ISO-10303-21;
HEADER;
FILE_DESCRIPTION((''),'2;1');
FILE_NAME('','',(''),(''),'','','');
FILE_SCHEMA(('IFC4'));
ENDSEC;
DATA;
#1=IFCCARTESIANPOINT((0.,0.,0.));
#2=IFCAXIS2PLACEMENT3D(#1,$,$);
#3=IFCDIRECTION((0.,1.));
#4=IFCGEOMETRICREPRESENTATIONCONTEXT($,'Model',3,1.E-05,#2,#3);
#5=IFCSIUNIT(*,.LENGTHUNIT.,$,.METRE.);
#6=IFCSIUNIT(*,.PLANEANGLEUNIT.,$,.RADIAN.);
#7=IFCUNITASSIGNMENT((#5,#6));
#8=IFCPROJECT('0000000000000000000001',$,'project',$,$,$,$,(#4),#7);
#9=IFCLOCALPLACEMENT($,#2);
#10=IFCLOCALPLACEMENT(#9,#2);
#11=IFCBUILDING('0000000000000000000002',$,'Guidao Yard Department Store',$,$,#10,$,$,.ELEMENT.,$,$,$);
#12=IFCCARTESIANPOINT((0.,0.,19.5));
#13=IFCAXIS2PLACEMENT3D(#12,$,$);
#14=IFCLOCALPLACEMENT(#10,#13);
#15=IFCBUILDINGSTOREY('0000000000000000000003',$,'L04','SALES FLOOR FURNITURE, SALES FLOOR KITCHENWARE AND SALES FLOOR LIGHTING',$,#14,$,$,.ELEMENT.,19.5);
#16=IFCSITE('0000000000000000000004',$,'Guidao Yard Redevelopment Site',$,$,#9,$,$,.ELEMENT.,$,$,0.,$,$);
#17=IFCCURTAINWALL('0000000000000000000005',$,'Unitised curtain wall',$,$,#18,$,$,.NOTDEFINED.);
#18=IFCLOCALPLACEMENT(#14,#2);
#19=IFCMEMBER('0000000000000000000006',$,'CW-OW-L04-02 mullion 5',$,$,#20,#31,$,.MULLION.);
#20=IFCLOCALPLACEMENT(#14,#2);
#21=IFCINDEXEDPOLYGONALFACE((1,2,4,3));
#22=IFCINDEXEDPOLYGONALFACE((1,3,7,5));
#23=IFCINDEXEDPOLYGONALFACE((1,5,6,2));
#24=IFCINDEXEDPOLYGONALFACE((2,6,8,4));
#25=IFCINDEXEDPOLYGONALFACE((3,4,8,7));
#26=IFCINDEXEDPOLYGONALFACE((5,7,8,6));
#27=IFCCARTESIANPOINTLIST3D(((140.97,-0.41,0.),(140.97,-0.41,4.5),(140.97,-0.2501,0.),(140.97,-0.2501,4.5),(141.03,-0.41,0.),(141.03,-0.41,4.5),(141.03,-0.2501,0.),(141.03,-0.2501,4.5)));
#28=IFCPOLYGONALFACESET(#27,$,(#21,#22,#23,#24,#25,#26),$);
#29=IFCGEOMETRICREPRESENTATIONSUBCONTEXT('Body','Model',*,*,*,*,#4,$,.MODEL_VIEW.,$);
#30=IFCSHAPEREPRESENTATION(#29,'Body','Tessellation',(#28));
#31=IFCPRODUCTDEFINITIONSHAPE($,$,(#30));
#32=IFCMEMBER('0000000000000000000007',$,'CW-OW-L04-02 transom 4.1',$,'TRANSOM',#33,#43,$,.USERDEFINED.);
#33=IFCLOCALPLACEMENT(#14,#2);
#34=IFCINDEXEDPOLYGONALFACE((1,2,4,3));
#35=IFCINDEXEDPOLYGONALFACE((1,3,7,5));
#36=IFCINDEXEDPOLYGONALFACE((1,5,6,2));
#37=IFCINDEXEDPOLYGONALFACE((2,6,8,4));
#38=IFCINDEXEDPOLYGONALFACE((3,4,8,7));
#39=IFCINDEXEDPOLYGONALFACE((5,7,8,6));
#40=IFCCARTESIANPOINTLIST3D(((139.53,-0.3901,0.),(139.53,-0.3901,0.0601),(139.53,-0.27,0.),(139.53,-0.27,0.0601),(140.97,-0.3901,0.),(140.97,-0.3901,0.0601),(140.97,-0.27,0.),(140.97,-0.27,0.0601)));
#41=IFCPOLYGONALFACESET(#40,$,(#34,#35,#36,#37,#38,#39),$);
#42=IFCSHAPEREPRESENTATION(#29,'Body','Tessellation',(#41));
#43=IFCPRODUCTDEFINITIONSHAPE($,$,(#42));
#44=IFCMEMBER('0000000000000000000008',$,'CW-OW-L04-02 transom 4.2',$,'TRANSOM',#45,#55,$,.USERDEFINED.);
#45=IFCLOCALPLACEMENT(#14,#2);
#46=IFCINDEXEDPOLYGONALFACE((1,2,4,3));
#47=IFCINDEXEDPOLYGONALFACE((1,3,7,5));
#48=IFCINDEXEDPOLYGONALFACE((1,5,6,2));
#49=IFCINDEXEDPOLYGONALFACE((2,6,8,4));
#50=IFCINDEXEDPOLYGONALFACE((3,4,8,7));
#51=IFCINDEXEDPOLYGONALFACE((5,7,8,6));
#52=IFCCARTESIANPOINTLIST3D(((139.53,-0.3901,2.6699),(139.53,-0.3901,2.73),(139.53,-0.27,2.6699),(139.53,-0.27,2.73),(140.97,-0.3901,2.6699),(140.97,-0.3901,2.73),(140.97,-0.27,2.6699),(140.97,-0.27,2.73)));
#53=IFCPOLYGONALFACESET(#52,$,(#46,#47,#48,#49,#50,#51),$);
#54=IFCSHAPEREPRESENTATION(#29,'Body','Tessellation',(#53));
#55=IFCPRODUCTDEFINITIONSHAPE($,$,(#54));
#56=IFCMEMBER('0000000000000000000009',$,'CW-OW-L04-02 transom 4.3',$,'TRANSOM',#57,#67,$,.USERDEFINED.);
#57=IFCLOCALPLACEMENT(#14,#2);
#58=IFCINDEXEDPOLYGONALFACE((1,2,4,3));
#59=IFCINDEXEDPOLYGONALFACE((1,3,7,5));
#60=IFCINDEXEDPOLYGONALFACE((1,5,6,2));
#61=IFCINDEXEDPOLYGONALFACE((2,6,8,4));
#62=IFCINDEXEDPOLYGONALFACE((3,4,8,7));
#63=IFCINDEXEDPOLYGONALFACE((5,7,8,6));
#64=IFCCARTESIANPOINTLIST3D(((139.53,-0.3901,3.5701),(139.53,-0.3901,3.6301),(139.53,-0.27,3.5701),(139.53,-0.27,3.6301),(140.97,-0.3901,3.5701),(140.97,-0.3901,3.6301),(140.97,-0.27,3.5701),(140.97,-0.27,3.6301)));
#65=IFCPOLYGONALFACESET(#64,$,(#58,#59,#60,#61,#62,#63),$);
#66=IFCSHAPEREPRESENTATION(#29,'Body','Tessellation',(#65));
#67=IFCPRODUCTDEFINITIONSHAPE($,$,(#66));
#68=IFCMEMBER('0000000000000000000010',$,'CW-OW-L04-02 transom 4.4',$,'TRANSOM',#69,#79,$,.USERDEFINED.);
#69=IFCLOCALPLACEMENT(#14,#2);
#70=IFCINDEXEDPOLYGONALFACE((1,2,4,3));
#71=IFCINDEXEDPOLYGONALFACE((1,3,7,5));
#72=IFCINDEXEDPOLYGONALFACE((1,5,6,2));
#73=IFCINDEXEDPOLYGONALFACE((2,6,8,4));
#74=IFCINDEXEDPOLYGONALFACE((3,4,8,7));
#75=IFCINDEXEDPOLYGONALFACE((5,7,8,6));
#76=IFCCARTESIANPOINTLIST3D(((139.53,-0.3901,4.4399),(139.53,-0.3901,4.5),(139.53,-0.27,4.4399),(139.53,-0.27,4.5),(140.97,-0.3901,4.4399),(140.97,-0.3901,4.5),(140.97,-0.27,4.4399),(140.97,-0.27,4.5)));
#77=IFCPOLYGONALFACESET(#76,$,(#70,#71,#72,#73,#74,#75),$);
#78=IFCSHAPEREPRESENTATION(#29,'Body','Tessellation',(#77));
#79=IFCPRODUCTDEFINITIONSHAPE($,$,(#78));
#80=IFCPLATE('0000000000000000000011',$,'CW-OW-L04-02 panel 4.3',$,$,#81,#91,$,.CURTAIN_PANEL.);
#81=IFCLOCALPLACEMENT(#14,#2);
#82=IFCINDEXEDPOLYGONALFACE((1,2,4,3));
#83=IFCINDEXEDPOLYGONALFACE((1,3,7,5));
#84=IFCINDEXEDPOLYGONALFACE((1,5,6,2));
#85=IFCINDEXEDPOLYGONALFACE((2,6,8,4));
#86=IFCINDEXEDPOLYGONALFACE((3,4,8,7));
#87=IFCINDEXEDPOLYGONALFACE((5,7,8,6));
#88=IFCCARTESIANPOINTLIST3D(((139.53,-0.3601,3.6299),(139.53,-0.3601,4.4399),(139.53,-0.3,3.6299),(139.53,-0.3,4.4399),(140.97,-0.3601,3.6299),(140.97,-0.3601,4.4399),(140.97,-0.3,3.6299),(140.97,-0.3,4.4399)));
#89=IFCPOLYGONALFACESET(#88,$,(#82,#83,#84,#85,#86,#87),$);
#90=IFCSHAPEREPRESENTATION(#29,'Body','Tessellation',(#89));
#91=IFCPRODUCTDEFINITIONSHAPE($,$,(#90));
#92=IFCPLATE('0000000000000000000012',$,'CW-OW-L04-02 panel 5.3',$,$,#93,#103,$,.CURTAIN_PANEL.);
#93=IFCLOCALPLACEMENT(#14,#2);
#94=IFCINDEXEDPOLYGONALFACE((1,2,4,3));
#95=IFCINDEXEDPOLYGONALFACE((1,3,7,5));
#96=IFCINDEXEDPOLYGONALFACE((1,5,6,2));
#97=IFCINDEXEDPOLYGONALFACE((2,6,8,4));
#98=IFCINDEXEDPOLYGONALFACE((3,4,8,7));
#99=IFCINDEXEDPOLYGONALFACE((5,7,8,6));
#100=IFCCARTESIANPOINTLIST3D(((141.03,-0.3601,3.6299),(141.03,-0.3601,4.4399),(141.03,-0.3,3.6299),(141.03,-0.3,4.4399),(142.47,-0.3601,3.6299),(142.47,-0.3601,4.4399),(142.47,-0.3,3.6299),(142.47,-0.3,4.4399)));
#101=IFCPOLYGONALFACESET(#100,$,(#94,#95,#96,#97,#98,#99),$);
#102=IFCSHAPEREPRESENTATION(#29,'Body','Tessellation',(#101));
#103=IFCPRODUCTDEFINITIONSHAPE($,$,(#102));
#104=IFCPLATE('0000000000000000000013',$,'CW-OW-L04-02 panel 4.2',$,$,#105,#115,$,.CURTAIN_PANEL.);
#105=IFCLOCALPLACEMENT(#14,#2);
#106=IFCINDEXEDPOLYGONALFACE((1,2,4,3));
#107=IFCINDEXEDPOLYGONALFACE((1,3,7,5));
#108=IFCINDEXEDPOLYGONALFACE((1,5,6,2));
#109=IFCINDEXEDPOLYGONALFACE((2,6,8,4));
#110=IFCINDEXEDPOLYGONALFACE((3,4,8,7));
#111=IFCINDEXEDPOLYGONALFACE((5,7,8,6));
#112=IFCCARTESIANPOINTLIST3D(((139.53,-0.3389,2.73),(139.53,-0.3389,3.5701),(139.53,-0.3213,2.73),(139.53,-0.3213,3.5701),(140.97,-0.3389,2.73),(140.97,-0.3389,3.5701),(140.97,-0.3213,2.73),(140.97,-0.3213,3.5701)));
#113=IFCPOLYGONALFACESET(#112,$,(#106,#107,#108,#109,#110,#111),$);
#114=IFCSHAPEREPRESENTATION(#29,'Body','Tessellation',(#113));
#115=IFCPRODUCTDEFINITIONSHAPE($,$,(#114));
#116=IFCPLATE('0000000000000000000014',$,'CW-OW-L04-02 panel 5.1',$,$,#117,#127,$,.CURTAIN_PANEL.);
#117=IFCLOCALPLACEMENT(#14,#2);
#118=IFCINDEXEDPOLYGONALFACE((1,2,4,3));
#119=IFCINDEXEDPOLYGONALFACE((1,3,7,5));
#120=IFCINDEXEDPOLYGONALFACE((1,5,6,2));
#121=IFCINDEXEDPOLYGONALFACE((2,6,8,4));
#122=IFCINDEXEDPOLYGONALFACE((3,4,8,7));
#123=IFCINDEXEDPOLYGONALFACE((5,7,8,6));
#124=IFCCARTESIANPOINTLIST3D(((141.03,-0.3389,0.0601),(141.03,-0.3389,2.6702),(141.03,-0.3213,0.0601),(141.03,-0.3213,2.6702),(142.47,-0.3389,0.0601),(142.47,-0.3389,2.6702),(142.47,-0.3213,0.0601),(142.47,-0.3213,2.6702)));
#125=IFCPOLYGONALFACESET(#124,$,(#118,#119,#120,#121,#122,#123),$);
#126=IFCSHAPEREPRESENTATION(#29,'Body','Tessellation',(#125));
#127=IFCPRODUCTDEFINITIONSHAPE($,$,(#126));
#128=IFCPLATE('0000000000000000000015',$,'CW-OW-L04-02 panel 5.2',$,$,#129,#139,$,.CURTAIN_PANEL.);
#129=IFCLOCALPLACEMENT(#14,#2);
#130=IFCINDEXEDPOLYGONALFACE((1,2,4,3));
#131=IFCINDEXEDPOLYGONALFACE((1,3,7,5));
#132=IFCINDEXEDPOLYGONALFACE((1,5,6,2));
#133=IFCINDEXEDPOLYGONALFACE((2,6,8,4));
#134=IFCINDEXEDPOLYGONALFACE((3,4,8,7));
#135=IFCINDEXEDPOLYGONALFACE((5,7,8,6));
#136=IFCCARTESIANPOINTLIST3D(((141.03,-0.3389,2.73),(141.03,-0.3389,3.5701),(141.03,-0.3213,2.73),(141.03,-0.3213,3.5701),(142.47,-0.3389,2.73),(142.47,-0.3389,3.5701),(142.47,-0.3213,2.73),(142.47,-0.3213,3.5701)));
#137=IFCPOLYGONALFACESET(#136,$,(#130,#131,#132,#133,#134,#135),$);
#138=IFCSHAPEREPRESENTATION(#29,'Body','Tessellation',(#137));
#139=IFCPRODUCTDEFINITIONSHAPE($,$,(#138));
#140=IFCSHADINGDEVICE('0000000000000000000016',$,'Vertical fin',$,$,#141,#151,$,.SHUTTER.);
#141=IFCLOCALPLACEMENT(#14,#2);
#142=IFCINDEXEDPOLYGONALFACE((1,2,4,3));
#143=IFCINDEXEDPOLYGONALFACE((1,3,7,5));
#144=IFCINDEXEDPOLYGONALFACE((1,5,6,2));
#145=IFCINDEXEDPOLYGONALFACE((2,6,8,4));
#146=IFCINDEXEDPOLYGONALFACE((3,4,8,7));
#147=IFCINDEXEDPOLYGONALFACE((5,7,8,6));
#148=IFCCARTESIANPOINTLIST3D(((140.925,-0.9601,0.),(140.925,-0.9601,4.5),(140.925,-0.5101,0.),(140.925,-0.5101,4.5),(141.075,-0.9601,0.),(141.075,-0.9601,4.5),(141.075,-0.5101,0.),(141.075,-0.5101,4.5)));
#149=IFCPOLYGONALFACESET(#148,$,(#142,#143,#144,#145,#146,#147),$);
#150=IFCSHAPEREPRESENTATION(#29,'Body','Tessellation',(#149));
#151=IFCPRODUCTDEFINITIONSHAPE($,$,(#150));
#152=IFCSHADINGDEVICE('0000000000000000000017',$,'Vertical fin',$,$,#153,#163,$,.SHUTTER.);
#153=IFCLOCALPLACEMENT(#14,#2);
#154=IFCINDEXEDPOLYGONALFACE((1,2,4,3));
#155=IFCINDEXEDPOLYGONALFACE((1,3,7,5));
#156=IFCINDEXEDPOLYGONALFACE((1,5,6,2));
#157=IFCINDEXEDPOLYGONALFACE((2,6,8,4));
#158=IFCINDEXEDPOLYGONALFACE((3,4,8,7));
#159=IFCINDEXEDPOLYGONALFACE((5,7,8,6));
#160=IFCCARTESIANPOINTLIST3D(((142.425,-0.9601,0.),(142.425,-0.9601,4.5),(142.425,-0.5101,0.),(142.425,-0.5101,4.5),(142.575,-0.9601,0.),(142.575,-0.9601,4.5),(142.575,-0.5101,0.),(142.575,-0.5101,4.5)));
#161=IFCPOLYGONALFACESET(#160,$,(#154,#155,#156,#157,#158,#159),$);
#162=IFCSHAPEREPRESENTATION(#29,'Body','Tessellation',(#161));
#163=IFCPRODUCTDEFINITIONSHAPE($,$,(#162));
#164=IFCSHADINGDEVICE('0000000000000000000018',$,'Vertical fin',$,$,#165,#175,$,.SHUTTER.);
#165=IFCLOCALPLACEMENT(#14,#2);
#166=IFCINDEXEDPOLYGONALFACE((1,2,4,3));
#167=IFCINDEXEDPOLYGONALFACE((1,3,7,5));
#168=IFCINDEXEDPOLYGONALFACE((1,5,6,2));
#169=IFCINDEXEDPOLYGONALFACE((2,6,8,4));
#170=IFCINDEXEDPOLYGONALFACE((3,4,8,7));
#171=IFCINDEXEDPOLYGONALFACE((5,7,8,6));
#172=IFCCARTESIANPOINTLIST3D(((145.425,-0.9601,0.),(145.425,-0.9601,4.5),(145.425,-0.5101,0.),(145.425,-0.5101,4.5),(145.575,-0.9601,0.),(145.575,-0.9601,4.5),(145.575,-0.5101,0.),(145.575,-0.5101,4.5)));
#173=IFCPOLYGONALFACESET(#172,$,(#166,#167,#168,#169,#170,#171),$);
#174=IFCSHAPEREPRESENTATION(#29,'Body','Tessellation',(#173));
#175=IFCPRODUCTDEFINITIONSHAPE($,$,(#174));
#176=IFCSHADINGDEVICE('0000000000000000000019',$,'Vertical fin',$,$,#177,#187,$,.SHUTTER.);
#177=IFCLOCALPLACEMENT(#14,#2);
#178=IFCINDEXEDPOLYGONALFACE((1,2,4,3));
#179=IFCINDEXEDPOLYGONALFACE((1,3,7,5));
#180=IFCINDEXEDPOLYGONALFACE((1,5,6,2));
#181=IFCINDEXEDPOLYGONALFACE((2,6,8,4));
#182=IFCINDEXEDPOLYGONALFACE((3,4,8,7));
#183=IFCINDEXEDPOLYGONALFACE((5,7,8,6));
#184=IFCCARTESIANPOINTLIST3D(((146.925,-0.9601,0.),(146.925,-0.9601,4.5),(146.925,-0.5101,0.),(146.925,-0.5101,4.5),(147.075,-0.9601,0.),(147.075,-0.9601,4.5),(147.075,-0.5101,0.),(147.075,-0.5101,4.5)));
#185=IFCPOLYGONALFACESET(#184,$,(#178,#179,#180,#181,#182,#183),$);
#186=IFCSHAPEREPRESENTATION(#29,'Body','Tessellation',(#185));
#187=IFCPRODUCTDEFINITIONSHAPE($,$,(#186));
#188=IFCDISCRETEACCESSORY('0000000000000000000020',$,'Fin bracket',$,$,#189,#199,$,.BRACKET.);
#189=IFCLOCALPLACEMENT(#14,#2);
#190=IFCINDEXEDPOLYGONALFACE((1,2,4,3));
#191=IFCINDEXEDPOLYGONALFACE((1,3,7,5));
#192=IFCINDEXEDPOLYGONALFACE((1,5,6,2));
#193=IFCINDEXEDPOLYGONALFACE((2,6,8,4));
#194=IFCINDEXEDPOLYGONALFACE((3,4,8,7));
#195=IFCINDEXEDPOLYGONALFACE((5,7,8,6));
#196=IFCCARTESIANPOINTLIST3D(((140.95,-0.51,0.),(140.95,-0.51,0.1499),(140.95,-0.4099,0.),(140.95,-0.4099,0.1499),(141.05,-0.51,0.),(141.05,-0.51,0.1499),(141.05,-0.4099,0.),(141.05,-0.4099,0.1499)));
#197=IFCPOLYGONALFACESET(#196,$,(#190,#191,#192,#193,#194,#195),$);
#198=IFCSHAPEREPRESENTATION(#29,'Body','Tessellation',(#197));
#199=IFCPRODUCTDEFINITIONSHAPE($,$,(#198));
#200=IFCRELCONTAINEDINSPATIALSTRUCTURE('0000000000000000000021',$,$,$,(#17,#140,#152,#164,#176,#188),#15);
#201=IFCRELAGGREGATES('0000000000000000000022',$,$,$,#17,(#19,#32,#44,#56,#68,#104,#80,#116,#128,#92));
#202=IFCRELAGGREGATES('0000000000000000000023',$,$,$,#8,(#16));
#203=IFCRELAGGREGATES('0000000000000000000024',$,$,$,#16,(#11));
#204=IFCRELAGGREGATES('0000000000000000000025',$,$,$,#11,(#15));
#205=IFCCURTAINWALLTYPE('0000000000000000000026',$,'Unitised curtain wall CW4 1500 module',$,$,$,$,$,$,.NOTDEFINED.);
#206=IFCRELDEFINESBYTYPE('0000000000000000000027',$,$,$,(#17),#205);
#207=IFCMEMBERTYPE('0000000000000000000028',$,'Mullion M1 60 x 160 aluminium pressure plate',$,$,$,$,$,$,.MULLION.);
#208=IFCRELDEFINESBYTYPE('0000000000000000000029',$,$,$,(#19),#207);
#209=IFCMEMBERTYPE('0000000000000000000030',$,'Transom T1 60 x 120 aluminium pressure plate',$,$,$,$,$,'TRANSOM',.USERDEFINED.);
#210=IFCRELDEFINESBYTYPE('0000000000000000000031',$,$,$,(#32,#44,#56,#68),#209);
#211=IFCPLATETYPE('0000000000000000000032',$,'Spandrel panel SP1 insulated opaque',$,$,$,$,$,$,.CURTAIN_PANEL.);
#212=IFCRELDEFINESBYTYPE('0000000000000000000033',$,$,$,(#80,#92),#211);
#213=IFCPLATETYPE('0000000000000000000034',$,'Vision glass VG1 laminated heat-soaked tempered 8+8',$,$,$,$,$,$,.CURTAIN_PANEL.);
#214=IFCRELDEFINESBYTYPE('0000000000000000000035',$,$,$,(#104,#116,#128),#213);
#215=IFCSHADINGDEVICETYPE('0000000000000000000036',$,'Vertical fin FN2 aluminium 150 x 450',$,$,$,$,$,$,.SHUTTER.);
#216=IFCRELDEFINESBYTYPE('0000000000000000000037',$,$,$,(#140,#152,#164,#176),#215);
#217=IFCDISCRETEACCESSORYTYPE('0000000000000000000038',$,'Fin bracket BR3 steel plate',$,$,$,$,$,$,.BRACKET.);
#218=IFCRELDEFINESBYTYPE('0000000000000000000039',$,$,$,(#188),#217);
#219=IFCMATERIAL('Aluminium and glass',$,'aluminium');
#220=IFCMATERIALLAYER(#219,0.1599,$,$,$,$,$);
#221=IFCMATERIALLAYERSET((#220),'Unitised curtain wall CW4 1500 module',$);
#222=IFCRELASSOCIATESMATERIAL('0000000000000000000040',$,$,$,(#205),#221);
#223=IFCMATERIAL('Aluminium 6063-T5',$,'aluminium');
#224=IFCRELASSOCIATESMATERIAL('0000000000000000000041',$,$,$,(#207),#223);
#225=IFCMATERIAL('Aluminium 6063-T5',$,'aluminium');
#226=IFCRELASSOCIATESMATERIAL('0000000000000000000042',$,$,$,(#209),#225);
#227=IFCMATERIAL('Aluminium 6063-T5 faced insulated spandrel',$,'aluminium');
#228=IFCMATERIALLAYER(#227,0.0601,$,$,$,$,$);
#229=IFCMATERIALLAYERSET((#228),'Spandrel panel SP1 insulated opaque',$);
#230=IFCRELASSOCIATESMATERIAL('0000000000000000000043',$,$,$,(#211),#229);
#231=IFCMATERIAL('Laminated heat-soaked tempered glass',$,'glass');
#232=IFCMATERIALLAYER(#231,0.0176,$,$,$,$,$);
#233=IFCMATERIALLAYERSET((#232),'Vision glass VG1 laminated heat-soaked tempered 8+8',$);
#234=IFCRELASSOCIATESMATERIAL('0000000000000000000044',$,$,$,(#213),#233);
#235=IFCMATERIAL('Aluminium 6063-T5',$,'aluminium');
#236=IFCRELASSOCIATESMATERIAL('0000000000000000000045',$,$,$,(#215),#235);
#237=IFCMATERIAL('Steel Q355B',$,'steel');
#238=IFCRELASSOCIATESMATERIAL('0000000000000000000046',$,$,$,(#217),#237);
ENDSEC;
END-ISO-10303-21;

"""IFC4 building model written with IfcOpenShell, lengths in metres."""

from ifc_helpers import new_model, si_unit, direction, frame, origin, origin_2d, place, context, subcontext, project, spatial, rectangle, extrude, material, layer, layer_set, material_profile, profile_set, type_object, element, aggregate, save


model = new_model("IFC4")

# Units and contexts
model_context = context("Model", 3, precision=1e-05, world=origin(), true_north=direction((0.0, 1.0)))
body_context = subcontext(model_context, "Body", "Model", "MODEL_VIEW")
ifc_project = project(units=[si_unit("LENGTHUNIT", "METRE"), si_unit("PLANEANGLEUNIT", "RADIAN")], contexts=[model_context])

# Site, building, storey
site_placement = place(None, origin())
site = spatial("IfcSite", under=ifc_project, at=site_placement, Name="Guidao Yard Redevelopment Site", CompositionType="ELEMENT", RefElevation=0.0)
building_placement = place(site_placement, origin())
building = spatial("IfcBuilding", under=site, at=building_placement, Name="Guidao Yard Department Store", CompositionType="ELEMENT")
storey_placement = place(building_placement, frame((0.0, 0.0, 19.5)))
storey = spatial("IfcBuildingStorey", under=building, at=storey_placement, Name="L04", Description="SALES FLOOR FURNITURE, SALES FLOOR KITCHENWARE AND SALES FLOOR LIGHTING", CompositionType="ELEMENT", Elevation=19.5)

# Curtain wall, members, plates
ifc_material_1 = material(Name="Aluminium and glass", Category="aluminium")
ifc_layer_1 = layer(ifc_material_1, 0.1599)
ifc_layer_set_1 = layer_set([ifc_layer_1], Name="Unitised curtain wall CW4 1500 module")
curtain_wall_type = type_object("IfcCurtainWallType", Name="Unitised curtain wall CW4 1500 module", PredefinedType="NOTDEFINED", material=ifc_layer_set_1)
curtain_wall_placement = place(storey_placement, origin())
curtain_wall = element("IfcCurtainWall", 1, at=curtain_wall_placement, inside=storey, type_object=curtain_wall_type, Name="Unitised curtain wall", PredefinedType="NOTDEFINED")
ifc_material_2 = material(Name="Aluminium 6063-T5", Category="aluminium")
ifc_material_profile_1 = material_profile(ifc_material_2, rectangle(XDim=0.0601, YDim=0.1599, at=origin_2d()), Name="Mullion M1 60 x 160 aluminium pressure plate")
ifc_profile_set_1 = profile_set([ifc_material_profile_1], Name="Aluminium 6063-T5")
member_type_1 = type_object("IfcMemberType", Name="Mullion M1 60 x 160 aluminium pressure plate", PredefinedType="MULLION", material=ifc_profile_set_1)
member_1_placement = place(storey_placement, frame((141.0, -0.3301, 0.0), z_axis=(0.0, 0.0, 1.0), x_axis=(-1.0, 0.0, 0.0)))
member_1 = element("IfcMember", 2, at=member_1_placement, type_object=member_type_1, Name="CW-OW-L04-02 mullion 5", PredefinedType="MULLION", context=body_context, shape_type="SweptSolid", body=[
    extrude(rectangle(XDim=0.0601, YDim=0.1599, at=origin_2d()), origin(), (0.0, 0.0, 1.0), 4.5),
])
ifc_material_3 = material(Name="Aluminium 6063-T5", Category="aluminium")
ifc_material_profile_2 = material_profile(ifc_material_3, rectangle(XDim=0.1201, YDim=0.0601, at=origin_2d()), Name="Transom T1 60 x 120 aluminium pressure plate")
ifc_profile_set_2 = profile_set([ifc_material_profile_2], Name="Aluminium 6063-T5")
member_type_2 = type_object("IfcMemberType", Name="Transom T1 60 x 120 aluminium pressure plate", ElementType="TRANSOM", PredefinedType="USERDEFINED", material=ifc_profile_set_2)
member_2_placement = place(storey_placement, frame((140.97, -0.3301, 0.03), z_axis=(-1.0, 0.0, 0.0), x_axis=(0.0, -1.0, 0.0)))
member_2 = element("IfcMember", 3, at=member_2_placement, type_object=member_type_2, Name="CW-OW-L04-02 transom 4.1", ObjectType="TRANSOM", PredefinedType="USERDEFINED", context=body_context, shape_type="SweptSolid", body=[
    extrude(rectangle(XDim=0.1201, YDim=0.0601, at=origin_2d()), origin(), (0.0, 0.0, 1.0), 1.4399),
])
member_3_placement = place(storey_placement, frame((140.97, -0.3301, 2.7), z_axis=(-1.0, 0.0, 0.0), x_axis=(0.0, -1.0, 0.0)))
member_3 = element("IfcMember", 4, at=member_3_placement, type_object=member_type_2, Name="CW-OW-L04-02 transom 4.2", ObjectType="TRANSOM", PredefinedType="USERDEFINED", context=body_context, shape_type="SweptSolid", body=[
    extrude(rectangle(XDim=0.1201, YDim=0.0601, at=origin_2d()), origin(), (0.0, 0.0, 1.0), 1.4399),
])
member_4_placement = place(storey_placement, frame((140.97, -0.3301, 3.6001), z_axis=(-1.0, 0.0, 0.0), x_axis=(0.0, -1.0, 0.0)))
member_4 = element("IfcMember", 5, at=member_4_placement, type_object=member_type_2, Name="CW-OW-L04-02 transom 4.3", ObjectType="TRANSOM", PredefinedType="USERDEFINED", context=body_context, shape_type="SweptSolid", body=[
    extrude(rectangle(XDim=0.1201, YDim=0.0601, at=origin_2d()), origin(), (0.0, 0.0, 1.0), 1.4399),
])
member_5_placement = place(storey_placement, frame((140.97, -0.3301, 4.47), z_axis=(-1.0, 0.0, 0.0), x_axis=(0.0, -1.0, 0.0)))
member_5 = element("IfcMember", 6, at=member_5_placement, type_object=member_type_2, Name="CW-OW-L04-02 transom 4.4", ObjectType="TRANSOM", PredefinedType="USERDEFINED", context=body_context, shape_type="SweptSolid", body=[
    extrude(rectangle(XDim=0.1201, YDim=0.0601, at=origin_2d()), origin(), (0.0, 0.0, 1.0), 1.4399),
])
ifc_material_4 = material(Name="Aluminium 6063-T5 faced insulated spandrel", Category="aluminium")
ifc_layer_2 = layer(ifc_material_4, 0.0601)
ifc_layer_set_2 = layer_set([ifc_layer_2], Name="Spandrel panel SP1 insulated opaque")
plate_type_1 = type_object("IfcPlateType", Name="Spandrel panel SP1 insulated opaque", PredefinedType="CURTAIN_PANEL", material=ifc_layer_set_2)
plate_1_placement = place(storey_placement, frame((140.25, -0.3301, 3.6299), z_axis=(0.0, 0.0, 1.0), x_axis=(-1.0, 0.0, 0.0)))
plate_1 = element("IfcPlate", 7, at=plate_1_placement, type_object=plate_type_1, Name="CW-OW-L04-02 panel 4.3", PredefinedType="CURTAIN_PANEL", context=body_context, shape_type="SweptSolid", body=[
    extrude(rectangle(XDim=1.4399, YDim=0.0601, at=origin_2d()), origin(), (0.0, 0.0, 1.0), 0.8101),
])
plate_2_placement = place(storey_placement, frame((141.75, -0.3301, 3.6299), z_axis=(0.0, 0.0, 1.0), x_axis=(-1.0, 0.0, 0.0)))
plate_2 = element("IfcPlate", 8, at=plate_2_placement, type_object=plate_type_1, Name="CW-OW-L04-02 panel 5.3", PredefinedType="CURTAIN_PANEL", context=body_context, shape_type="SweptSolid", body=[
    extrude(rectangle(XDim=1.4399, YDim=0.0601, at=origin_2d()), origin(), (0.0, 0.0, 1.0), 0.8101),
])
ifc_material_5 = material(Name="Laminated heat-soaked tempered glass", Category="glass")
ifc_layer_3 = layer(ifc_material_5, 0.0176)
ifc_layer_set_3 = layer_set([ifc_layer_3], Name="Vision glass VG1 laminated heat-soaked tempered 8+8")
plate_type_2 = type_object("IfcPlateType", Name="Vision glass VG1 laminated heat-soaked tempered 8+8", PredefinedType="CURTAIN_PANEL", material=ifc_layer_set_3)
plate_3_placement = place(storey_placement, frame((140.25, -0.3301, 2.73), z_axis=(0.0, 0.0, 1.0), x_axis=(-1.0, 0.0, 0.0)))
plate_3 = element("IfcPlate", 9, at=plate_3_placement, type_object=plate_type_2, Name="CW-OW-L04-02 panel 4.2", PredefinedType="CURTAIN_PANEL", context=body_context, shape_type="SweptSolid", body=[
    extrude(rectangle(XDim=1.4399, YDim=0.0176, at=origin_2d()), origin(), (0.0, 0.0, 1.0), 0.8401),
])
plate_4_placement = place(storey_placement, frame((141.75, -0.3301, 0.0601), z_axis=(0.0, 0.0, 1.0), x_axis=(-1.0, 0.0, 0.0)))
plate_4 = element("IfcPlate", 10, at=plate_4_placement, type_object=plate_type_2, Name="CW-OW-L04-02 panel 5.1", PredefinedType="CURTAIN_PANEL", context=body_context, shape_type="SweptSolid", body=[
    extrude(rectangle(XDim=1.4399, YDim=0.0176, at=origin_2d()), origin(), (0.0, 0.0, 1.0), 2.6101),
])
plate_5_placement = place(storey_placement, frame((141.75, -0.3301, 2.73), z_axis=(0.0, 0.0, 1.0), x_axis=(-1.0, 0.0, 0.0)))
plate_5 = element("IfcPlate", 11, at=plate_5_placement, type_object=plate_type_2, Name="CW-OW-L04-02 panel 5.2", PredefinedType="CURTAIN_PANEL", context=body_context, shape_type="SweptSolid", body=[
    extrude(rectangle(XDim=1.4399, YDim=0.0176, at=origin_2d()), origin(), (0.0, 0.0, 1.0), 0.8401),
])
aggregate(curtain_wall, [member_1, member_2, member_3, member_4, member_5, plate_3, plate_1, plate_4, plate_5, plate_2])

# Shading devices
ifc_material_6 = material(Name="Aluminium 6063-T5", Category="aluminium")
shading_device_type = type_object("IfcShadingDeviceType", Name="Vertical fin FN2 aluminium 150 x 450", PredefinedType="SHUTTER", material=ifc_material_6)
for number, where, z_axis, x_axis, name in (
    (12, (141.0, -0.7351, 0.0), (0.0, 0.0, 1.0), (-1.0, 0.0, 0.0), "Vertical fin"),
    (13, (142.5, -0.7351, 0.0), (0.0, 0.0, 1.0), (-1.0, 0.0, 0.0), "Vertical fin"),
    (14, (145.5, -0.7351, 0.0), (0.0, 0.0, 1.0), (-1.0, 0.0, 0.0), "Vertical fin"),
    (15, (147.0, -0.7351, 0.0), (0.0, 0.0, 1.0), (-1.0, 0.0, 0.0), "Vertical fin"),
):
    element("IfcShadingDevice", number, at=place(storey_placement, frame(where, z_axis=z_axis, x_axis=x_axis)), inside=storey, type_object=shading_device_type, Name=name, PredefinedType="SHUTTER", context=body_context, shape_type="SweptSolid", body=[
        extrude(rectangle(XDim=0.1499, YDim=0.45, at=origin_2d()), origin(), (0.0, 0.0, 1.0), 4.5),
    ])

# Discrete accessory
ifc_material_7 = material(Name="Steel Q355B", Category="steel")
discrete_accessory_type = type_object("IfcDiscreteAccessoryType", Name="Fin bracket BR3 steel plate", PredefinedType="BRACKET", material=ifc_material_7)
for number, where, z_axis, x_axis, name in (
    (16, (141.0, -0.46, 0.0), (0.0, 0.0, 1.0), (-1.0, 0.0, 0.0), "Fin bracket"),
):
    element("IfcDiscreteAccessory", number, at=place(storey_placement, frame(where, z_axis=z_axis, x_axis=x_axis)), inside=storey, type_object=discrete_accessory_type, Name=name, PredefinedType="BRACKET", context=body_context, shape_type="SweptSolid", body=[
        extrude(rectangle(XDim=0.1001, YDim=0.1001, at=origin_2d()), origin(), (0.0, 0.0, 1.0), 0.1499),
    ])

save(model, "model.ifc")
